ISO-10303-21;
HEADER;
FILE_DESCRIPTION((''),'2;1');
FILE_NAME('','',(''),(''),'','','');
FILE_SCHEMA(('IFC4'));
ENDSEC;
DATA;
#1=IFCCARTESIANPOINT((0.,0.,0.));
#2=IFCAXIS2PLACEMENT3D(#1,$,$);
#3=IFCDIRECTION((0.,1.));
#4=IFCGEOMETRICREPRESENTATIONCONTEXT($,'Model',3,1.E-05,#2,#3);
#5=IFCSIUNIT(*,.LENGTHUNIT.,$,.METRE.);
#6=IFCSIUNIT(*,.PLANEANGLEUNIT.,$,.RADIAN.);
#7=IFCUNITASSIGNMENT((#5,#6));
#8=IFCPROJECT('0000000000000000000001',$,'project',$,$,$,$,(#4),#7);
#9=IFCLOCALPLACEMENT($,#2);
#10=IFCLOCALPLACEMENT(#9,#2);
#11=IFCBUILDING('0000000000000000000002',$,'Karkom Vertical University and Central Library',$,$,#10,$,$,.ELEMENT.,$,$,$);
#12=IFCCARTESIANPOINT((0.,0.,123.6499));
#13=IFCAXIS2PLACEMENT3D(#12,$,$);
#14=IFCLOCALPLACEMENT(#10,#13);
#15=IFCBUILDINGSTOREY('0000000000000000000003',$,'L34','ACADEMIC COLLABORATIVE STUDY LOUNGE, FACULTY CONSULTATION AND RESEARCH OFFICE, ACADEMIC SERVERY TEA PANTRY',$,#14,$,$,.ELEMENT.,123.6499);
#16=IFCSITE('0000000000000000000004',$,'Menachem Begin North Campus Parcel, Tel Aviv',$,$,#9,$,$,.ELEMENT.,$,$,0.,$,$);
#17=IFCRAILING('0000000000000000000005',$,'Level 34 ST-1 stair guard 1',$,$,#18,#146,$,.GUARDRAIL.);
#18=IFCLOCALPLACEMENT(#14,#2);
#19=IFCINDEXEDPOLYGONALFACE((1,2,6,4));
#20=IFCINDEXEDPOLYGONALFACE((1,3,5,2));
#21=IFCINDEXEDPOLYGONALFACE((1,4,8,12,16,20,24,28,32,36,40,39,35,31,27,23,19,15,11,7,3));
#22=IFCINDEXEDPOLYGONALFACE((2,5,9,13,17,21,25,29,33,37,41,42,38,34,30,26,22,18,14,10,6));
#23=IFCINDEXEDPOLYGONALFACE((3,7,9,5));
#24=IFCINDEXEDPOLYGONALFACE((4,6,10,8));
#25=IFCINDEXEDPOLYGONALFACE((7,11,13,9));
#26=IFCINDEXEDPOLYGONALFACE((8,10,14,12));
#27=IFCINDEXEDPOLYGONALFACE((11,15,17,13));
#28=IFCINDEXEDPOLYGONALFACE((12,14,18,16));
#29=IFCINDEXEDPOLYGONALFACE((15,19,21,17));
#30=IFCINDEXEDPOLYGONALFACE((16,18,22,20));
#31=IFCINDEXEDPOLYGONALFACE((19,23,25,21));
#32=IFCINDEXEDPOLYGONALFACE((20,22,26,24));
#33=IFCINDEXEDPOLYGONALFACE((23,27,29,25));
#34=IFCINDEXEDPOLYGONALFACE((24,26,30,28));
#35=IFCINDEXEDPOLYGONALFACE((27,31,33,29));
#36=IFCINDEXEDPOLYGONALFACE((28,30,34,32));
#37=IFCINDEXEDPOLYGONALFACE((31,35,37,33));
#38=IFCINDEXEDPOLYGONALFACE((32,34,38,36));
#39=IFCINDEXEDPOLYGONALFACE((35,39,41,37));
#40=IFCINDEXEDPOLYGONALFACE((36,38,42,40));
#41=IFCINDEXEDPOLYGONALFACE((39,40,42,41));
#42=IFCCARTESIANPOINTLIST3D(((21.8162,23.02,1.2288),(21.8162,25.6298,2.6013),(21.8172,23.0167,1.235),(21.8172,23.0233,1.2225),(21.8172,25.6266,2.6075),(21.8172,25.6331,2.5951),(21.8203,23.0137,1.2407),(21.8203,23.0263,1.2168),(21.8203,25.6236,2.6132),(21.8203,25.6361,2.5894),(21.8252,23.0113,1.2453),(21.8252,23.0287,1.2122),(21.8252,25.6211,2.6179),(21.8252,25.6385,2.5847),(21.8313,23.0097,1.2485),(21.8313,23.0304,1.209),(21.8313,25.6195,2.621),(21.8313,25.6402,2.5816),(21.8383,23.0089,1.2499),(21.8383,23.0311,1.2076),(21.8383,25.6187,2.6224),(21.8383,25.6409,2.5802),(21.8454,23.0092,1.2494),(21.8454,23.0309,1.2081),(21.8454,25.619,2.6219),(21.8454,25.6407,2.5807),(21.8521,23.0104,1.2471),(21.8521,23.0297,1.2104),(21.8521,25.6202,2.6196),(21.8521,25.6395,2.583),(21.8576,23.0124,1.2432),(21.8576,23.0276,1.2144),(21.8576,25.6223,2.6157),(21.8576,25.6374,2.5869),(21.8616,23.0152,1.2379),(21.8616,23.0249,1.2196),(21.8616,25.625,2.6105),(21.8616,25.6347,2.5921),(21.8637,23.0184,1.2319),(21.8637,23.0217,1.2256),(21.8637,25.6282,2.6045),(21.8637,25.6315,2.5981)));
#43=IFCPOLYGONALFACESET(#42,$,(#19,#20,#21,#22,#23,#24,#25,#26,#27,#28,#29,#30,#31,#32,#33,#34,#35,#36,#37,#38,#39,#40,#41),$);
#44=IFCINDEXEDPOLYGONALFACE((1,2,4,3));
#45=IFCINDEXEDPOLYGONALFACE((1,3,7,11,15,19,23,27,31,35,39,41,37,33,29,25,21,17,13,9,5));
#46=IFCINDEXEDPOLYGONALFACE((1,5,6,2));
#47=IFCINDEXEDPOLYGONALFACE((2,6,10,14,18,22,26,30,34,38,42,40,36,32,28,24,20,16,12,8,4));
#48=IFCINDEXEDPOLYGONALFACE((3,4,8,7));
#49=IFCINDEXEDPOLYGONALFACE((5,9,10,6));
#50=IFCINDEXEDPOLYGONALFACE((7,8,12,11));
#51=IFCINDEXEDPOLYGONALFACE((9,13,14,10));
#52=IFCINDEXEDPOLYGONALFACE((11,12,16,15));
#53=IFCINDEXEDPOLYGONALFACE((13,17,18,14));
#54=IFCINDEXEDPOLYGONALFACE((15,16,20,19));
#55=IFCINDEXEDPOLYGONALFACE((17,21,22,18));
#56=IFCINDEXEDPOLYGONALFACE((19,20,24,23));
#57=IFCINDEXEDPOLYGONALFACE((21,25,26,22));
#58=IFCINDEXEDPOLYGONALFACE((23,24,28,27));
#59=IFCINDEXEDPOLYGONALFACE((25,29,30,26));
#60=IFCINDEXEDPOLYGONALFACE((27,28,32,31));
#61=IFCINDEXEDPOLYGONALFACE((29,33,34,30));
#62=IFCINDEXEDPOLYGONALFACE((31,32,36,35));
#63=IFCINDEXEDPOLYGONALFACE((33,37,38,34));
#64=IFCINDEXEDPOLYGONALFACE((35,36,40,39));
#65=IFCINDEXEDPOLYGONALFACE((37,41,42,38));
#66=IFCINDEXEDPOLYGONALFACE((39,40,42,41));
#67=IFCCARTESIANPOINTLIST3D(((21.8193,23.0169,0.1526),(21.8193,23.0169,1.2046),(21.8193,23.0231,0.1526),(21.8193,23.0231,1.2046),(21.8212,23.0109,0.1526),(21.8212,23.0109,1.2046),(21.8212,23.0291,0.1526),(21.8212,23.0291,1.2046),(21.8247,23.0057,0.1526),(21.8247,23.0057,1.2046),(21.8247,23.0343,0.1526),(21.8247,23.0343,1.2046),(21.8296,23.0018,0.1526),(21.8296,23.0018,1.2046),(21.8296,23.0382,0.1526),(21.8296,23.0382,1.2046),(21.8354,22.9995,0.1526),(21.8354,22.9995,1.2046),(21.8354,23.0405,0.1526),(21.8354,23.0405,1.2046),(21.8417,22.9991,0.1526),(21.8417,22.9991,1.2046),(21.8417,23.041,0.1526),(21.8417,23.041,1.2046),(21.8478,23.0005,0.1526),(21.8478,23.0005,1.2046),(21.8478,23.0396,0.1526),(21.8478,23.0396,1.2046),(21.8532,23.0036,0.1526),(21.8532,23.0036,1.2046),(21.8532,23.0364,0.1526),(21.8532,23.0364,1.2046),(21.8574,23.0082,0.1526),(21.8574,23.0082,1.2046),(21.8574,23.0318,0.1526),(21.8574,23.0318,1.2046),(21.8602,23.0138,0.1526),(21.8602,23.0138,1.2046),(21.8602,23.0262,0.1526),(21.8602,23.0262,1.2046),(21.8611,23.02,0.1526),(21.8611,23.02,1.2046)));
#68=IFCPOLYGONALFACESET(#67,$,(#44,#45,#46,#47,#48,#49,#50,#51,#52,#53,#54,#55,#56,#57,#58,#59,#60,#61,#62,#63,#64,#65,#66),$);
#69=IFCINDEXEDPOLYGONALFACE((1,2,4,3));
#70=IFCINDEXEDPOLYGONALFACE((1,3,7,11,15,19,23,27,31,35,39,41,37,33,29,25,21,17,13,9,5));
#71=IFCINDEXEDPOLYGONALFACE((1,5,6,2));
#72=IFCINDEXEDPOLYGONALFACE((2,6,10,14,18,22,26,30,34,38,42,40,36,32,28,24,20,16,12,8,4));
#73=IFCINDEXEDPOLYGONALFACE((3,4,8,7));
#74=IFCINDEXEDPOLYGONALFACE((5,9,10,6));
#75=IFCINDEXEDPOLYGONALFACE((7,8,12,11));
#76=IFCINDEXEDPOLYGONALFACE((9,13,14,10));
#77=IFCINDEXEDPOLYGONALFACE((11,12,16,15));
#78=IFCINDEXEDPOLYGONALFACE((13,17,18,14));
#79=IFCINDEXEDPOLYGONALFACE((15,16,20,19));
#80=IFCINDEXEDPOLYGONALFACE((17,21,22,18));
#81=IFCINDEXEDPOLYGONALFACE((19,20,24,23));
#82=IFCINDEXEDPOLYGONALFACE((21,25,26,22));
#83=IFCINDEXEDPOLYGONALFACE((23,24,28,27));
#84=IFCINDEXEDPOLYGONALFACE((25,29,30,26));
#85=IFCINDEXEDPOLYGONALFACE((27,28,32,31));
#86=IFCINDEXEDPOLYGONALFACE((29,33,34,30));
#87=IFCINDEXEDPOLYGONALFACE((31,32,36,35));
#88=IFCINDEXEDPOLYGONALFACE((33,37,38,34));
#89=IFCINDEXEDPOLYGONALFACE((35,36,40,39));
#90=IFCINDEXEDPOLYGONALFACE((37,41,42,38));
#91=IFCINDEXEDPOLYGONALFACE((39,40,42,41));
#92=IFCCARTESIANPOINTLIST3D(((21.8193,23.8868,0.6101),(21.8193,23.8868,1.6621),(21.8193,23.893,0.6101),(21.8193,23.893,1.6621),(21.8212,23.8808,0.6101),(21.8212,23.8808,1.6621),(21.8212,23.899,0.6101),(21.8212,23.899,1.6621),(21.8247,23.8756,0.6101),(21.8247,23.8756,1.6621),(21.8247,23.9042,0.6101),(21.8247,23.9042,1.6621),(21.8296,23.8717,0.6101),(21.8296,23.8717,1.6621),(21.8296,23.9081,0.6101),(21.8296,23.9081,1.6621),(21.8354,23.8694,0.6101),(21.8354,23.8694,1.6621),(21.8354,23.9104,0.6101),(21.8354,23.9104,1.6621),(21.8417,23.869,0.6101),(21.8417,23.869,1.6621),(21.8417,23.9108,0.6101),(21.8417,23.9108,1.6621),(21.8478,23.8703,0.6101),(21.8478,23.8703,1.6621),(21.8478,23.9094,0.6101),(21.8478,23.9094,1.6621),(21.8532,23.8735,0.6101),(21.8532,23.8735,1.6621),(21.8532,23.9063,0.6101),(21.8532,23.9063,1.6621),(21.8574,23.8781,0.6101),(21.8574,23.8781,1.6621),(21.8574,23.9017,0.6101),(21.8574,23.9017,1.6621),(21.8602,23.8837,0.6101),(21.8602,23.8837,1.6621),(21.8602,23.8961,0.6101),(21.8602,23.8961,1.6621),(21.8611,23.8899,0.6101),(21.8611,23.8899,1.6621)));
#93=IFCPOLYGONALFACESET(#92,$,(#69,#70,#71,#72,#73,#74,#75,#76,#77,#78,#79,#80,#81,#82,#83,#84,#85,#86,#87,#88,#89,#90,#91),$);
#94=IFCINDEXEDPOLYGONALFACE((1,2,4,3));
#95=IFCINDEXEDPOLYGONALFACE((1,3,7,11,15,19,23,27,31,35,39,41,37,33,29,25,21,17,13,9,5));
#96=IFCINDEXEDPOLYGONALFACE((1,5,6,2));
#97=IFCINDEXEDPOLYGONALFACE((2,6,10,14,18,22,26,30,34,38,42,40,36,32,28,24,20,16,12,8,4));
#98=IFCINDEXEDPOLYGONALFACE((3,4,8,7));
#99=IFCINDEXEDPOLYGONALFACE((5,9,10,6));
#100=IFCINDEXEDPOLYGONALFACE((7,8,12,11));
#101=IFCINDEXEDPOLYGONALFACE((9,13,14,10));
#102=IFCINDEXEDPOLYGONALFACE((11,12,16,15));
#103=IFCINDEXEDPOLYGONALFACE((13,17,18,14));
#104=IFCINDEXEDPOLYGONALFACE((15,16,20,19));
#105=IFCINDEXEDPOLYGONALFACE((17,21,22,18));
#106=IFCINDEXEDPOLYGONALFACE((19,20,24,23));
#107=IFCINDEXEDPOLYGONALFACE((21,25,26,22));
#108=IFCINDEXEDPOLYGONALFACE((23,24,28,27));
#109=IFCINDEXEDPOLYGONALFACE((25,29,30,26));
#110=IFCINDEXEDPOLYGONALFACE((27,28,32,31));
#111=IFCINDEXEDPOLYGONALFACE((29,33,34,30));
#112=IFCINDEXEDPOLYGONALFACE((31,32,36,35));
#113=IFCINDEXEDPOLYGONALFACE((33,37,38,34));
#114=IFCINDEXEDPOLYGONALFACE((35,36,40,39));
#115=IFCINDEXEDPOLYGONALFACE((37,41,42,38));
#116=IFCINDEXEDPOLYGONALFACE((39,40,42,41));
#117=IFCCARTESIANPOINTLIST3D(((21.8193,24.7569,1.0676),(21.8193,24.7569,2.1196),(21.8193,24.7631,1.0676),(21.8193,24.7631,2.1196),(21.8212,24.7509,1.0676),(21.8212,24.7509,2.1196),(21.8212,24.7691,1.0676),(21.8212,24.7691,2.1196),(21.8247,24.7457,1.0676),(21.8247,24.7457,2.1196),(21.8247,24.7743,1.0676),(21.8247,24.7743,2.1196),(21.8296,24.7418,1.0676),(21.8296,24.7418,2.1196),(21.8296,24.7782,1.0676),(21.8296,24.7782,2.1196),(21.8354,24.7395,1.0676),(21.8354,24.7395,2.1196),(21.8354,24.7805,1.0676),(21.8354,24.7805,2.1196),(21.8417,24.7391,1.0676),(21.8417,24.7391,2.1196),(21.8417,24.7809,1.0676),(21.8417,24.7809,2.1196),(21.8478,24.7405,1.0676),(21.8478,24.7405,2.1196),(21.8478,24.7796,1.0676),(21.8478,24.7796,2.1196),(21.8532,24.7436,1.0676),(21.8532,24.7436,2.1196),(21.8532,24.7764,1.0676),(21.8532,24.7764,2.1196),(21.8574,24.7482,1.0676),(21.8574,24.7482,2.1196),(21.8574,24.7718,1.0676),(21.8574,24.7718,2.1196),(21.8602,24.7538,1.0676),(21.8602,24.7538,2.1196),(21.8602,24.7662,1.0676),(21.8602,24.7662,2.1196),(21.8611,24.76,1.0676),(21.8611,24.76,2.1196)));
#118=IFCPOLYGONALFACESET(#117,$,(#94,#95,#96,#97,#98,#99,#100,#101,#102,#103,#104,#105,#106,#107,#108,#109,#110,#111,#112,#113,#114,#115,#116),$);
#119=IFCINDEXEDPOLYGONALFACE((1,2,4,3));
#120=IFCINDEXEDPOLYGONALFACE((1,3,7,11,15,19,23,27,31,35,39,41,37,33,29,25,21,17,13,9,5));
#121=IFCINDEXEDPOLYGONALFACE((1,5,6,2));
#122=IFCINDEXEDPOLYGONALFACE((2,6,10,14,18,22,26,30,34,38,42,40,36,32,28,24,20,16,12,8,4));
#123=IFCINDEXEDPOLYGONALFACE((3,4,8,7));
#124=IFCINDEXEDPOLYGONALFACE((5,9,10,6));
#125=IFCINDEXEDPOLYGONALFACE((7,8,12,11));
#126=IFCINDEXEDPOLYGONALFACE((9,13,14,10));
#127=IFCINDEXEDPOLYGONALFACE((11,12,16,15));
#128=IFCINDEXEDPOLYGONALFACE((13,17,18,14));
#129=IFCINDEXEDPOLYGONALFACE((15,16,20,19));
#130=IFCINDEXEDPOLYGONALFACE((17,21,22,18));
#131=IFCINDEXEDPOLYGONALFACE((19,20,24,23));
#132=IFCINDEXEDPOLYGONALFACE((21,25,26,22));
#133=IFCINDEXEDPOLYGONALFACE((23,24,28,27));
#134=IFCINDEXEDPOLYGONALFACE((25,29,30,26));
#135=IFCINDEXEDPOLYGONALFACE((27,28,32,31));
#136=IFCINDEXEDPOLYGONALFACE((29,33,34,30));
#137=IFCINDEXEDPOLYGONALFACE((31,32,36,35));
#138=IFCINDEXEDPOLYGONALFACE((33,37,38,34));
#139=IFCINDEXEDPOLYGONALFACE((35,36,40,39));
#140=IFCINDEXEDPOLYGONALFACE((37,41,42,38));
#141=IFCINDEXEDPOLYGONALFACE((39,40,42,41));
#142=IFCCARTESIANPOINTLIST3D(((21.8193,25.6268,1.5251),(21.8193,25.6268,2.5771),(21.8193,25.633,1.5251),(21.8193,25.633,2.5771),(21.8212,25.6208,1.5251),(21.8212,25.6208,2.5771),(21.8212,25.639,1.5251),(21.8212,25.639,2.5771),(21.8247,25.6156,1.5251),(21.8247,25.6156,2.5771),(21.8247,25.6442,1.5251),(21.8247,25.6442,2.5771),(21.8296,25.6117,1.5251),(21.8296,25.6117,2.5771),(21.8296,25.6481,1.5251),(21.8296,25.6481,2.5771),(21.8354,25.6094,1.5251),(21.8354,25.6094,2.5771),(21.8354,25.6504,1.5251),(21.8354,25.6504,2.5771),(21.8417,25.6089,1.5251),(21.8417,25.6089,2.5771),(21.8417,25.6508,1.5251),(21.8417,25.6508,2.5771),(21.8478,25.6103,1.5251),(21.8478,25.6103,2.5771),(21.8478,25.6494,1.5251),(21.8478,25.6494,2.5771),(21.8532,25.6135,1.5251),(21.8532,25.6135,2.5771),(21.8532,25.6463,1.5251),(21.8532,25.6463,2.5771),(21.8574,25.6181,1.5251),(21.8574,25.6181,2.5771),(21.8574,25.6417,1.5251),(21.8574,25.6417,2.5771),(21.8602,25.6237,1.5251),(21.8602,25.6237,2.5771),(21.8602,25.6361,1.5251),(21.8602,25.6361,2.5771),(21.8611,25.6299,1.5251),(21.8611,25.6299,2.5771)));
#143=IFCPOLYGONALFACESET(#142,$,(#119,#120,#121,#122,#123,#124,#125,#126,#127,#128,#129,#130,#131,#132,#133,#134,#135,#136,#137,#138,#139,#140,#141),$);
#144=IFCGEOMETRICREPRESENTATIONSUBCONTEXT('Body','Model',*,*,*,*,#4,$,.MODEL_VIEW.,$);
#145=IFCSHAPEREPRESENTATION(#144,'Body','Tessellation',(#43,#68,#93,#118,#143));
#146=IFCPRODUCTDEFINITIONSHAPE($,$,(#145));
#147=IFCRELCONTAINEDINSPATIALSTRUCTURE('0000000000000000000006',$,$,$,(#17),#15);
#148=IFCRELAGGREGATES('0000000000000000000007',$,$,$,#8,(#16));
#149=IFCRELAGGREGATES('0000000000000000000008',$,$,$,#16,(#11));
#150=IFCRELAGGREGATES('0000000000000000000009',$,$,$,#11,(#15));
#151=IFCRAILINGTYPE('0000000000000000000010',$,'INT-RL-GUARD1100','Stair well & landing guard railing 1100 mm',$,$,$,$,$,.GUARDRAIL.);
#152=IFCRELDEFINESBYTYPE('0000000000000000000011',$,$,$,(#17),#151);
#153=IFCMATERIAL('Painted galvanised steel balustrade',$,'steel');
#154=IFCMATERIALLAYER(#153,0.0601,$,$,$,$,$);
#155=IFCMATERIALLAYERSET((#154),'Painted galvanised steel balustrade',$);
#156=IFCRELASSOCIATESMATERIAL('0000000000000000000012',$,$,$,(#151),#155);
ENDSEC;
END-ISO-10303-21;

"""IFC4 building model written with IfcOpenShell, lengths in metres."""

from ifc_helpers import new_model, si_unit, direction, frame, origin, origin_2d, place, context, subcontext, project, spatial, circle, extrude, material, layer, layer_set, type_object, element, save


model = new_model("IFC4")

# Units and contexts
model_context = context("Model", 3, precision=1e-05, world=origin(), true_north=direction((0.0, 1.0)))
body_context = subcontext(model_context, "Body", "Model", "MODEL_VIEW")
ifc_project = project(units=[si_unit("LENGTHUNIT", "METRE"), si_unit("PLANEANGLEUNIT", "RADIAN")], contexts=[model_context])

# Site, building, storey
site_placement = place(None, origin())
site = spatial("IfcSite", under=ifc_project, at=site_placement, Name="Menachem Begin North Campus Parcel, Tel Aviv", CompositionType="ELEMENT", RefElevation=0.0)
building_placement = place(site_placement, origin())
building = spatial("IfcBuilding", under=site, at=building_placement, Name="Karkom Vertical University and Central Library", CompositionType="ELEMENT")
storey_placement = place(building_placement, frame((0.0, 0.0, 123.6499)))
storey = spatial("IfcBuildingStorey", under=building, at=storey_placement, Name="L34", Description="ACADEMIC COLLABORATIVE STUDY LOUNGE, FACULTY CONSULTATION AND RESEARCH OFFICE, ACADEMIC SERVERY TEA PANTRY", CompositionType="ELEMENT", Elevation=123.6499)

# Railing
ifc_material_1 = material(Name="Painted galvanised steel balustrade", Category="steel")
ifc_layer_1 = layer(ifc_material_1, 0.0601)
ifc_layer_set_1 = layer_set([ifc_layer_1], Name="Painted galvanised steel balustrade")
railing_type_1 = type_object("IfcRailingType", Name="INT-RL-GUARD1100", Description="Stair well & landing guard railing 1100 mm", PredefinedType="GUARDRAIL", material=ifc_layer_set_1)
railing_1_placement = place(storey_placement, frame((21.8401, 23.02, 0.1526)))
element("IfcRailing", 1, at=railing_1_placement, inside=storey, type_object=railing_type_1, Name="Level 34 ST-1 stair guard 1", PredefinedType="GUARDRAIL", context=body_context, shape_type="SweptSolid", body=[
    extrude(circle(Radius=0.0239, at=origin_2d()), frame((0.0, 0.0, 1.0762), z_axis=(0.0, 0.885065, 0.465467), x_axis=(-1.0, 0.0, 0.0)), (0.0, 0.0, 1.0), 2.9487),
    extrude(circle(Radius=0.021, at=origin_2d()), origin(), (0.0, 0.0, 1.0), 1.052),
    extrude(circle(Radius=0.021, at=origin_2d()), frame((0.0, 0.8699, 0.4575)), (0.0, 0.0, 1.0), 1.052),
    extrude(circle(Radius=0.021, at=origin_2d()), frame((0.0, 1.74, 0.915)), (0.0, 0.0, 1.0), 1.052),
    extrude(circle(Radius=0.021, at=origin_2d()), frame((0.0, 2.6099, 1.3726)), (0.0, 0.0, 1.0), 1.052),
])

save(model, "model.ifc")
